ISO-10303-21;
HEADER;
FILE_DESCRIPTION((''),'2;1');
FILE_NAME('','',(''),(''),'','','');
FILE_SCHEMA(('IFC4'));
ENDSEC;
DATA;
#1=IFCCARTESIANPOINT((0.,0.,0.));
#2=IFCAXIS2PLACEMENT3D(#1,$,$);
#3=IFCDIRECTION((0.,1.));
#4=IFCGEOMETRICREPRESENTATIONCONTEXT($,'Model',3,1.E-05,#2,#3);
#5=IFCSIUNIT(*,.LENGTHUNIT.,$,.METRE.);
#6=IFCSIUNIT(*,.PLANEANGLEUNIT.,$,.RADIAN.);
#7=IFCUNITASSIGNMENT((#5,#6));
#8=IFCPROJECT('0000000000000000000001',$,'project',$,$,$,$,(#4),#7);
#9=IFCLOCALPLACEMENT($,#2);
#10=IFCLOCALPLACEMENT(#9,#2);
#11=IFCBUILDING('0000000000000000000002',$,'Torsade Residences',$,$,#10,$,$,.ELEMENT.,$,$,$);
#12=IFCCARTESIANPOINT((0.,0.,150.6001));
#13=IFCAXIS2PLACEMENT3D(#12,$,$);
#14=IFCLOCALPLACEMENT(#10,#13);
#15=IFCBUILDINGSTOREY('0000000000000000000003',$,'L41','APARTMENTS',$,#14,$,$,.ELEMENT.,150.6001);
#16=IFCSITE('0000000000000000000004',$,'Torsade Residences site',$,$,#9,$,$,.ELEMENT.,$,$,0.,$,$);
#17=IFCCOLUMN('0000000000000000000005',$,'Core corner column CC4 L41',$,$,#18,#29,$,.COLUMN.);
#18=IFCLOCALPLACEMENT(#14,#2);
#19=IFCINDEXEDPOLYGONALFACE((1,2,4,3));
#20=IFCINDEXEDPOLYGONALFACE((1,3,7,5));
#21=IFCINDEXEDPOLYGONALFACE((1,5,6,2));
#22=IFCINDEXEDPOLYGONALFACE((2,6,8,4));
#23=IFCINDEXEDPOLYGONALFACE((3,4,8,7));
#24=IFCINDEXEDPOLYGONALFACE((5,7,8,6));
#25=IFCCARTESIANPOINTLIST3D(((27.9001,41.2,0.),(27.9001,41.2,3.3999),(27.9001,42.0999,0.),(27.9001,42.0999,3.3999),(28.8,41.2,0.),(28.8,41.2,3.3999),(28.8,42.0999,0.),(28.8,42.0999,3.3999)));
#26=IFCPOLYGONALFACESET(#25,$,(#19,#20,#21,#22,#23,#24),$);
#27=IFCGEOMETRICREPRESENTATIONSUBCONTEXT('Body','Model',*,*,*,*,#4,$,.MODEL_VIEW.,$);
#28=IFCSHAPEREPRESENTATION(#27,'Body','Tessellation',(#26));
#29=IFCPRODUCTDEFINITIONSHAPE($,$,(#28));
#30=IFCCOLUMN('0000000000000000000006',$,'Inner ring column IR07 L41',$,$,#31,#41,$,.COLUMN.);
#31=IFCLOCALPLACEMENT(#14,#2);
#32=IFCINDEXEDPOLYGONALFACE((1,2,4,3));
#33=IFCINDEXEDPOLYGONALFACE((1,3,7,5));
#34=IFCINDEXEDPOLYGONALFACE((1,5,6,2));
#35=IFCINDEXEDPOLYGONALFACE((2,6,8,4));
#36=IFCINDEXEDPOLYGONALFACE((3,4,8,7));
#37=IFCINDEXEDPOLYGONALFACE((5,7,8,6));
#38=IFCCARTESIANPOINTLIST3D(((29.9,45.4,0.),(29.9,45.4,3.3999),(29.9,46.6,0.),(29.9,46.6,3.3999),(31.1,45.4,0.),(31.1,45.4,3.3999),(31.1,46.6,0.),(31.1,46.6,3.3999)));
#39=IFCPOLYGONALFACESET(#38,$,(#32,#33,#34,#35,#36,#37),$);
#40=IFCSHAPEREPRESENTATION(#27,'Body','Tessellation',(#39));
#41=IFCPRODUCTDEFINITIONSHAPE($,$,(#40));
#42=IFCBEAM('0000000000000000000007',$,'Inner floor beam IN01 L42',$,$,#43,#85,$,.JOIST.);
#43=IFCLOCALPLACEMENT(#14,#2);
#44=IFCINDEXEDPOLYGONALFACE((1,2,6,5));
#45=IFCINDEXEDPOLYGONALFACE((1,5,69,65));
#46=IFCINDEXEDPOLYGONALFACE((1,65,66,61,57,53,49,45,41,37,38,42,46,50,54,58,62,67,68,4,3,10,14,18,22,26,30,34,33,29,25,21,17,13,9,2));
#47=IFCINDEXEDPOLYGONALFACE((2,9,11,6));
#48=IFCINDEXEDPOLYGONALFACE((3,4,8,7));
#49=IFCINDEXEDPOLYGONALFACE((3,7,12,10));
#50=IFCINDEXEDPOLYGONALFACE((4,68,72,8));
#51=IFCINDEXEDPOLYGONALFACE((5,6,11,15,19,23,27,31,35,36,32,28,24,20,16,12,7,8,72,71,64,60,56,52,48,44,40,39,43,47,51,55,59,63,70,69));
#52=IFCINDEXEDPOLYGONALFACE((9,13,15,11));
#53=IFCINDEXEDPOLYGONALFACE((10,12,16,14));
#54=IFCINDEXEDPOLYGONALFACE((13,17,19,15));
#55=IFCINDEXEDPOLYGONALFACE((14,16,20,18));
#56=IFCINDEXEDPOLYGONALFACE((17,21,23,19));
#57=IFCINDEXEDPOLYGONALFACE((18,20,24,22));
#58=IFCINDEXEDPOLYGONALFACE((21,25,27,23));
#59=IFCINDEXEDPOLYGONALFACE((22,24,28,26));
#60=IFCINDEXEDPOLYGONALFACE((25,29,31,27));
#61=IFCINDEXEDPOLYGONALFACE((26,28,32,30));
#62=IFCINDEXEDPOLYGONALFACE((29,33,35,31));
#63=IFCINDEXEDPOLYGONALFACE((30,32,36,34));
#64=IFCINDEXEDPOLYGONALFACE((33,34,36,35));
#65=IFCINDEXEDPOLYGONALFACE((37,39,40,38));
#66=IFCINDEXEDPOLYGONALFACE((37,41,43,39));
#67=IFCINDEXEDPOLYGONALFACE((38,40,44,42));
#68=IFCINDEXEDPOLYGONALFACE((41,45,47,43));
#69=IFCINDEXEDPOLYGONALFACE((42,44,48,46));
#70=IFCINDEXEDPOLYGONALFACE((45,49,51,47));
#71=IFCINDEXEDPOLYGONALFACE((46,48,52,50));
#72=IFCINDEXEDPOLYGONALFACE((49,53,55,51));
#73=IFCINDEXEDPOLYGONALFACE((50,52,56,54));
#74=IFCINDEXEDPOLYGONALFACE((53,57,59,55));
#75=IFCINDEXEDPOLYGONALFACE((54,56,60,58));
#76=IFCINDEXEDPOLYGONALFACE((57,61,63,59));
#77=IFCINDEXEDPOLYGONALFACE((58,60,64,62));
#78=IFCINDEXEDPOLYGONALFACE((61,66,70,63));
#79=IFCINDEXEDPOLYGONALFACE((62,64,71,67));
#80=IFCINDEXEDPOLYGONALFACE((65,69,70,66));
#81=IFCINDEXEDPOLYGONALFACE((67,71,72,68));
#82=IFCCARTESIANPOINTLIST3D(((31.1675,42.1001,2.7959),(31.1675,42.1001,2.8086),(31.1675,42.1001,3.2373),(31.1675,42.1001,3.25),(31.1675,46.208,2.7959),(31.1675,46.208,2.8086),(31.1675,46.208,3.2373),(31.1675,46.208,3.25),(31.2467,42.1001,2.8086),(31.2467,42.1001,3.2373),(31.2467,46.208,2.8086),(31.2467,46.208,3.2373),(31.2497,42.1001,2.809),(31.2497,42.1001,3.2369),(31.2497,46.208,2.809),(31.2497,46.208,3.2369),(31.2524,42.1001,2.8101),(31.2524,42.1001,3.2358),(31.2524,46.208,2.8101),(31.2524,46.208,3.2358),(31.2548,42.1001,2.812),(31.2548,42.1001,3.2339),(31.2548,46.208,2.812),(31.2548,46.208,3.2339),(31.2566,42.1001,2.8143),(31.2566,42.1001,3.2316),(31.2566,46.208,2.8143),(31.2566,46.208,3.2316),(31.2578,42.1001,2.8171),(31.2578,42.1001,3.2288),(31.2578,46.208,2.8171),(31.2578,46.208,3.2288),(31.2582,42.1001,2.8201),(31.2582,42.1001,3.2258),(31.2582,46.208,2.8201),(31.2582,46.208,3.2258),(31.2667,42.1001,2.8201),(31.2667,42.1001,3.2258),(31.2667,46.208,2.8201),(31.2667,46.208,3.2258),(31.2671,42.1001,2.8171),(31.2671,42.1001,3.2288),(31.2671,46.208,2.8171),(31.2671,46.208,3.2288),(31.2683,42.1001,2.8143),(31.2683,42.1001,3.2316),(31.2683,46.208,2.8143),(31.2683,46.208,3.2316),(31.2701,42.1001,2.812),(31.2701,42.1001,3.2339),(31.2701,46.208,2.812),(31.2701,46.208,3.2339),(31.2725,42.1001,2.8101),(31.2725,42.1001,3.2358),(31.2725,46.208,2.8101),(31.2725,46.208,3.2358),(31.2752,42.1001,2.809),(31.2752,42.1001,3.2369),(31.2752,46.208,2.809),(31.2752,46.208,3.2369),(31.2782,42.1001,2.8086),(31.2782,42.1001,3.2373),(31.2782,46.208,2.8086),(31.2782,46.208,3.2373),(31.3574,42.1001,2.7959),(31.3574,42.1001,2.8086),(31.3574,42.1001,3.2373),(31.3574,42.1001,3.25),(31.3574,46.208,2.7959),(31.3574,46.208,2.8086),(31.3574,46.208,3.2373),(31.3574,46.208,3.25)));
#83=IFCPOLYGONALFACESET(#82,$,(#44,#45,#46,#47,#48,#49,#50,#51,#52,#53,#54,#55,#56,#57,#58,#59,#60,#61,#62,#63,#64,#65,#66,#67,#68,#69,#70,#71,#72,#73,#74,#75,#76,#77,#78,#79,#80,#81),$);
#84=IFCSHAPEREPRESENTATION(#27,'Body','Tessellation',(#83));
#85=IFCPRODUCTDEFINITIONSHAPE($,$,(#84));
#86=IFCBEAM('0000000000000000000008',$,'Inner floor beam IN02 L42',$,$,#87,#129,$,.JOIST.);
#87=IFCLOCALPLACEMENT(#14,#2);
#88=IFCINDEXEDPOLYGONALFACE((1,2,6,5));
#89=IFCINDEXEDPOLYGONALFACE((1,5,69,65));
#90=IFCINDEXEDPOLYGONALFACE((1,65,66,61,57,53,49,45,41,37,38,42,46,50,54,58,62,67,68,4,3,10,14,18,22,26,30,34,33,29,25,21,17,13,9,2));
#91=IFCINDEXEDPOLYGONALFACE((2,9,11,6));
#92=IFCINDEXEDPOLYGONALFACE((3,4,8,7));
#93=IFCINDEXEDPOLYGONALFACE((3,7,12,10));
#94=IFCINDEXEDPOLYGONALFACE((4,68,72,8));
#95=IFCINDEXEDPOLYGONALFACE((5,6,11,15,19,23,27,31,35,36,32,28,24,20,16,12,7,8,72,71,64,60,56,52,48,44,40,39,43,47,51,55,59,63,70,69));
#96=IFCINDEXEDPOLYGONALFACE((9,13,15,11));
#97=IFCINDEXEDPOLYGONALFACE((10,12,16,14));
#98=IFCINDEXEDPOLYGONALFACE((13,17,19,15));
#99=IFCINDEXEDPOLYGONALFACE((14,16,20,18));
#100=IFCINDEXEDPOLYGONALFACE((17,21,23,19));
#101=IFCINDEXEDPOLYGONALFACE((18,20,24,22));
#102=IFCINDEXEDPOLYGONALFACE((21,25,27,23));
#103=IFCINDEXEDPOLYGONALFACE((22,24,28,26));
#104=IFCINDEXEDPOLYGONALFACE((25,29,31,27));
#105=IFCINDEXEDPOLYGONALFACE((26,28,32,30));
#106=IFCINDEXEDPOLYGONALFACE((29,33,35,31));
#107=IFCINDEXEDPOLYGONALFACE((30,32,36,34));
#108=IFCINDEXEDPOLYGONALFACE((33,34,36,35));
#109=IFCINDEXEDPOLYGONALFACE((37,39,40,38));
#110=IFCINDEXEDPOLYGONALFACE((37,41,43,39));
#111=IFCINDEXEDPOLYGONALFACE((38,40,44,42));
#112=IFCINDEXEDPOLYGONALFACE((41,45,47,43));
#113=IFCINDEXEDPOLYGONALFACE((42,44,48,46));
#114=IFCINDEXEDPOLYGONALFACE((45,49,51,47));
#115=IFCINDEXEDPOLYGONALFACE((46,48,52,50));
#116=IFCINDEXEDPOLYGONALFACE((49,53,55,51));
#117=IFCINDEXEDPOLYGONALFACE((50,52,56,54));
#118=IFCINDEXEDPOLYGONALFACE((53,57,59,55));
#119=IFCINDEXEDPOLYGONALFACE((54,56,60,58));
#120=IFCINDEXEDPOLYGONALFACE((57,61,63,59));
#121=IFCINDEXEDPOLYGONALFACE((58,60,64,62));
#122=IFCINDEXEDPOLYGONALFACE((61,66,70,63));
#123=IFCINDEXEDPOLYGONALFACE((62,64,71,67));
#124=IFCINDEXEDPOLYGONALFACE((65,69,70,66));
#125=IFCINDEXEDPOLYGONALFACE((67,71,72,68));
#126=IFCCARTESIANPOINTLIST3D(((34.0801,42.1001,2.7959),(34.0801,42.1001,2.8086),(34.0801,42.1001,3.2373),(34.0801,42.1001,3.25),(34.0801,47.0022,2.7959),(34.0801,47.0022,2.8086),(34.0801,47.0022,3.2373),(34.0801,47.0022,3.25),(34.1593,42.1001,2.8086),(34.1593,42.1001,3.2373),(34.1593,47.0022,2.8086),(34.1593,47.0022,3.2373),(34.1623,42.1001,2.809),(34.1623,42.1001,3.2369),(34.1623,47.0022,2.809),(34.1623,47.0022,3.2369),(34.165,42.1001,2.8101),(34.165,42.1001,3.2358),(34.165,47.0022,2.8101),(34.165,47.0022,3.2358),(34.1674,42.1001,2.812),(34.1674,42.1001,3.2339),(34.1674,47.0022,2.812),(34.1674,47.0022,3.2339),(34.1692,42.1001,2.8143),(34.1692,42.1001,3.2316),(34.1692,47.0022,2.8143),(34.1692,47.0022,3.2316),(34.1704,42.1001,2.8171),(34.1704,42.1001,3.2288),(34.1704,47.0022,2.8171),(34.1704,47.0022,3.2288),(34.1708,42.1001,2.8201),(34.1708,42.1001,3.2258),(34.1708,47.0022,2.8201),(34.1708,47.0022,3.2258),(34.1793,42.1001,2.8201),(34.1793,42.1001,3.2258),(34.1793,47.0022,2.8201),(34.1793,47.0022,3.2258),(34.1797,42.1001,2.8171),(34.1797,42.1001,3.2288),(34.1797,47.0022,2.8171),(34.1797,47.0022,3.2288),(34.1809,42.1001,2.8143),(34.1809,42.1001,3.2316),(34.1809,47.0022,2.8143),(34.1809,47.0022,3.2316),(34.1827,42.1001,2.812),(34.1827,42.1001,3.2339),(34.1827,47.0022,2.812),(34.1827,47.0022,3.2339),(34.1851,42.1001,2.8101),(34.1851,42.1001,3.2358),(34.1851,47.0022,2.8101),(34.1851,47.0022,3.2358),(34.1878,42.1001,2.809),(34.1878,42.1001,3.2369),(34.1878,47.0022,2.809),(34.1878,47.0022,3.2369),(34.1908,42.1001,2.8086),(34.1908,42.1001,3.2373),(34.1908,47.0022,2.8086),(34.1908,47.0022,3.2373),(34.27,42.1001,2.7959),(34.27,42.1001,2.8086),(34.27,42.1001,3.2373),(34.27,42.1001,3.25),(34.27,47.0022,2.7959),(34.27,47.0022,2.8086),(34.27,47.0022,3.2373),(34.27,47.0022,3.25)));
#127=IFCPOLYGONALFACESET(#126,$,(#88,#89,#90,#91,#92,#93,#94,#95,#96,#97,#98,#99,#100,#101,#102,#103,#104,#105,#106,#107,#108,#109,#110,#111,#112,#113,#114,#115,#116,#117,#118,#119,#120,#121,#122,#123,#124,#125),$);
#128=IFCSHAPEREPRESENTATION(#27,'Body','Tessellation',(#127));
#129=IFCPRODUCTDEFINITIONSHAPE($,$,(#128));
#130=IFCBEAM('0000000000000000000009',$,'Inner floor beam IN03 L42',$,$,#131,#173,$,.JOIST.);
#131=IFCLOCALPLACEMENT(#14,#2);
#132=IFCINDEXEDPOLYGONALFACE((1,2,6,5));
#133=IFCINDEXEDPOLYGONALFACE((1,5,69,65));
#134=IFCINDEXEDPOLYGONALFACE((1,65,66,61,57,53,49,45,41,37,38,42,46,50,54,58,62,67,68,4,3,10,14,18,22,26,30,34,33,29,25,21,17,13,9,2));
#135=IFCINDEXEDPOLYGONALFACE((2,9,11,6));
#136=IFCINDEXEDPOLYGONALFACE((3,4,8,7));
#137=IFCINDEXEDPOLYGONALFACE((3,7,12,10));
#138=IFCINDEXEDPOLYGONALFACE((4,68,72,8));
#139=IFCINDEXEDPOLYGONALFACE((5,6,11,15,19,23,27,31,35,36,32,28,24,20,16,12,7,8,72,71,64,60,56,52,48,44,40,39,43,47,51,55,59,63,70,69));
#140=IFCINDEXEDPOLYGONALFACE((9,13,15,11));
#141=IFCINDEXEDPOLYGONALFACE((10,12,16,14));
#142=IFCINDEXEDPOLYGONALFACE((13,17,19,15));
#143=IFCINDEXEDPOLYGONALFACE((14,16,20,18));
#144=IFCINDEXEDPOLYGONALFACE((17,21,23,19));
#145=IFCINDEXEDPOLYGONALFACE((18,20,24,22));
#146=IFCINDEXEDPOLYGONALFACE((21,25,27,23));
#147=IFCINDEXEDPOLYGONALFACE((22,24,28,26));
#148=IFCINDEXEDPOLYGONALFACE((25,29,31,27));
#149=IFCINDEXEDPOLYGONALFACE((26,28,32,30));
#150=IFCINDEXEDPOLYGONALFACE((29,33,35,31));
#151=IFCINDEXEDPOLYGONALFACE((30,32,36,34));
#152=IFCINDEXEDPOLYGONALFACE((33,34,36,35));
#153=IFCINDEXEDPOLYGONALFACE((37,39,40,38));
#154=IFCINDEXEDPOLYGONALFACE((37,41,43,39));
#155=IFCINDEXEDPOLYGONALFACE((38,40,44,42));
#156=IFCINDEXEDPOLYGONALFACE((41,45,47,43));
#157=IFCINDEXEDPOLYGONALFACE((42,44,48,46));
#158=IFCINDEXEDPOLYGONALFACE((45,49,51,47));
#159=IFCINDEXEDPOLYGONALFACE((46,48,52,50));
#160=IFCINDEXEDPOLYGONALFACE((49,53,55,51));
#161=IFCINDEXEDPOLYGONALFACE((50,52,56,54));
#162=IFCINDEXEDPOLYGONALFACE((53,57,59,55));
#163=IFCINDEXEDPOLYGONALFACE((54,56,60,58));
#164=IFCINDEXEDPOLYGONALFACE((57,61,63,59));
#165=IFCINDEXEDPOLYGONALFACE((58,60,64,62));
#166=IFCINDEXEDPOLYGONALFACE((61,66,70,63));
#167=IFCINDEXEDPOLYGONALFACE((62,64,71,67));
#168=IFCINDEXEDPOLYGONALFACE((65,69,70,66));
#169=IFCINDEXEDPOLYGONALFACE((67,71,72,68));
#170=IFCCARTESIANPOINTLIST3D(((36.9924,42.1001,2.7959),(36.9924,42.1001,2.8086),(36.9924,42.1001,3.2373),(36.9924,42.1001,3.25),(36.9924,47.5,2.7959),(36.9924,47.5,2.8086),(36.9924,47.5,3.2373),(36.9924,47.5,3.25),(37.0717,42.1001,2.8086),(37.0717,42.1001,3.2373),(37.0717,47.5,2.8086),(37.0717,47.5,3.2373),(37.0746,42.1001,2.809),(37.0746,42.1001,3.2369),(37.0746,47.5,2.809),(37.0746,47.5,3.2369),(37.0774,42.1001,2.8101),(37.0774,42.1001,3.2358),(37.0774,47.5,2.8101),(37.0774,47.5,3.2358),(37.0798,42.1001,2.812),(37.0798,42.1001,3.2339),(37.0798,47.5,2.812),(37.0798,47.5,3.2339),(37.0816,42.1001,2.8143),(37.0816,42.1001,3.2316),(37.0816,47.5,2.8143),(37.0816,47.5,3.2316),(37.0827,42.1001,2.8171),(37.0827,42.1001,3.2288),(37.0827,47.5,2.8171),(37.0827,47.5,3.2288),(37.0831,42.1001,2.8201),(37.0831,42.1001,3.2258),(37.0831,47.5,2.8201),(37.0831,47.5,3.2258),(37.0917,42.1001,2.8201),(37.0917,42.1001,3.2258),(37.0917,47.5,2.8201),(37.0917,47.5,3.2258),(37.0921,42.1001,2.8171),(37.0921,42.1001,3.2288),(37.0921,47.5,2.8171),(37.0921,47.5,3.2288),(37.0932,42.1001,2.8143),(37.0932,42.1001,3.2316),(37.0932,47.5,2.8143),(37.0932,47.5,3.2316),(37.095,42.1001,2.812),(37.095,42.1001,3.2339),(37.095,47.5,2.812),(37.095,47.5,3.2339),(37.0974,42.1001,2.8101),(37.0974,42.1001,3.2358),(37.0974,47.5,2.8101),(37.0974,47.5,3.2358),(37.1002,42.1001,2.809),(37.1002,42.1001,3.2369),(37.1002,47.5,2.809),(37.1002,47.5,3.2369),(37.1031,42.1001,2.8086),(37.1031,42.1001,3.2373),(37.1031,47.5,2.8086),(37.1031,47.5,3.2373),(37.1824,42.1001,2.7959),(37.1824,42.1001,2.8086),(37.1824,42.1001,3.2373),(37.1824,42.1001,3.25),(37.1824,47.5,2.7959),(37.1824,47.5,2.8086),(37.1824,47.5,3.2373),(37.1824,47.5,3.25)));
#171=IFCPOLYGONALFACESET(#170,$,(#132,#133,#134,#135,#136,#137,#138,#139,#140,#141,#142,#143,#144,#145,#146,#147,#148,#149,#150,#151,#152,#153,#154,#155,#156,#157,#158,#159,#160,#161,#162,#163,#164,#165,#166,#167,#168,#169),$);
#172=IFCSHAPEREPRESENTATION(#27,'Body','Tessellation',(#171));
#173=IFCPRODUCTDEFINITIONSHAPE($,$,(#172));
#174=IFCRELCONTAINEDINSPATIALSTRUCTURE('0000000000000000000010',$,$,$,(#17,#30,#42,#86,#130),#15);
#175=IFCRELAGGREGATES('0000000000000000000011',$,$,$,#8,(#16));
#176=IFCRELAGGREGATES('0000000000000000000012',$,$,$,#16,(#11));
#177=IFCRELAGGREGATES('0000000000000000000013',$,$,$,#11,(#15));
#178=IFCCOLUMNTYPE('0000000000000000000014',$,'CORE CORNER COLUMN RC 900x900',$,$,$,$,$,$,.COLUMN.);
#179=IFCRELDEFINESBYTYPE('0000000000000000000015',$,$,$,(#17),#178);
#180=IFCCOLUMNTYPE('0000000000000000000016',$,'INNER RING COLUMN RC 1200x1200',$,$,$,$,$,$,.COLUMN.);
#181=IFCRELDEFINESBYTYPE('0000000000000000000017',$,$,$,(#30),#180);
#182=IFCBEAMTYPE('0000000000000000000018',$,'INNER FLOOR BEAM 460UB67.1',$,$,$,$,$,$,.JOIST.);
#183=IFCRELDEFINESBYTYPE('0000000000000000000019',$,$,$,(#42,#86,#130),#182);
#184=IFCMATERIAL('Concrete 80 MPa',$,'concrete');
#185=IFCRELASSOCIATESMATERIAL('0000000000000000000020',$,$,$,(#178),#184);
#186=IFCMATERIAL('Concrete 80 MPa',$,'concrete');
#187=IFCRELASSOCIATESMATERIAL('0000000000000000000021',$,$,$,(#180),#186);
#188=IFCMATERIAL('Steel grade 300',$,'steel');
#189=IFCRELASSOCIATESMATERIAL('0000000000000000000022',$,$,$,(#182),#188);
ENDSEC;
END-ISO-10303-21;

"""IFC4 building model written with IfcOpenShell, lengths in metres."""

from ifc_helpers import new_model, si_unit, direction, frame, origin, origin_2d, place, context, subcontext, project, spatial, rectangle, i_section, extrude, material, material_profile, profile_set, type_object, element, save


model = new_model("IFC4")

# Units and contexts
model_context = context("Model", 3, precision=1e-05, world=origin(), true_north=direction((0.0, 1.0)))
body_context = subcontext(model_context, "Body", "Model", "MODEL_VIEW")
ifc_project = project(units=[si_unit("LENGTHUNIT", "METRE"), si_unit("PLANEANGLEUNIT", "RADIAN")], contexts=[model_context])

# Site, building, storey
site_placement = place(None, origin())
site = spatial("IfcSite", under=ifc_project, at=site_placement, Name="Torsade Residences site", CompositionType="ELEMENT", RefElevation=0.0)
building_placement = place(site_placement, origin())
building = spatial("IfcBuilding", under=site, at=building_placement, Name="Torsade Residences", CompositionType="ELEMENT")
storey_placement = place(building_placement, frame((0.0, 0.0, 150.6001)))
storey = spatial("IfcBuildingStorey", under=building, at=storey_placement, Name="L41", Description="APARTMENTS", CompositionType="ELEMENT", Elevation=150.6001)

# Columns
ifc_material_1 = material(Name="Concrete 80 MPa", Category="concrete")
ifc_material_profile_1 = material_profile(ifc_material_1, rectangle(XDim=0.8999, YDim=0.8999, at=origin_2d()), Name="RC 900x900")
ifc_profile_set_1 = profile_set([ifc_material_profile_1], Name="Concrete 80 MPa")
column_type_1 = type_object("IfcColumnType", Name="CORE CORNER COLUMN RC 900x900", PredefinedType="COLUMN", material=ifc_profile_set_1)
column_1_placement = place(storey_placement, frame((28.3501, 41.6499, 0.0), z_axis=(0.0, 0.0, 1.0), x_axis=(1.0, 0.0, 0.0)))
element("IfcColumn", 1, at=column_1_placement, inside=storey, type_object=column_type_1, Name="Core corner column CC4 L41", PredefinedType="COLUMN", context=body_context, shape_type="SweptSolid", body=[
    extrude(rectangle(XDim=0.8999, YDim=0.8999, at=origin_2d()), origin(), (0.0, 0.0, 1.0), 3.3999),
])
ifc_material_2 = material(Name="Concrete 80 MPa", Category="concrete")
ifc_material_profile_2 = material_profile(ifc_material_2, rectangle(XDim=1.2, YDim=1.2, at=origin_2d()), Name="RC 1200x1200")
ifc_profile_set_2 = profile_set([ifc_material_profile_2], Name="Concrete 80 MPa")
column_type_2 = type_object("IfcColumnType", Name="INNER RING COLUMN RC 1200x1200", PredefinedType="COLUMN", material=ifc_profile_set_2)
column_2_placement = place(storey_placement, frame((30.5, 46.0, 0.0), z_axis=(0.0, 0.0, 1.0), x_axis=(1.0, 0.0, 0.0)))
element("IfcColumn", 2, at=column_2_placement, inside=storey, type_object=column_type_2, Name="Inner ring column IR07 L41", PredefinedType="COLUMN", context=body_context, shape_type="SweptSolid", body=[
    extrude(rectangle(XDim=1.2, YDim=1.2, at=origin_2d()), origin(), (0.0, 0.0, 1.0), 3.3999),
])

# Beams
ifc_material_3 = material(Name="Steel grade 300", Category="steel")
ifc_material_profile_3 = material_profile(ifc_material_3, i_section(OverallWidth=0.1899, OverallDepth=0.4541, WebThickness=0.0085, FlangeThickness=0.0127, FilletRadius=0.0115, at=origin_2d()), Name="460UB67.1")
ifc_profile_set_3 = profile_set([ifc_material_profile_3], Name="Steel grade 300")
beam_type_1 = type_object("IfcBeamType", Name="INNER FLOOR BEAM 460UB67.1", PredefinedType="JOIST", material=ifc_profile_set_3)
beam_1_placement = place(storey_placement, frame((31.2625, 42.1001, 3.0229), z_axis=(0.0, 1.0, 0.0), x_axis=(-1.0, 0.0, 0.0)))
element("IfcBeam", 3, at=beam_1_placement, inside=storey, type_object=beam_type_1, Name="Inner floor beam IN01 L42", PredefinedType="JOIST", context=body_context, shape_type="SweptSolid", body=[
    extrude(i_section(OverallWidth=0.1899, OverallDepth=0.4541, WebThickness=0.0085, FlangeThickness=0.0127, FilletRadius=0.0115, at=origin_2d()), origin(), (0.0, 0.0, 1.0), 4.1079),
])
beam_2_placement = place(storey_placement, frame((34.175, 42.1001, 3.0229), z_axis=(0.0, 1.0, 0.0), x_axis=(-1.0, 0.0, 0.0)))
element("IfcBeam", 4, at=beam_2_placement, inside=storey, type_object=beam_type_1, Name="Inner floor beam IN02 L42", PredefinedType="JOIST", context=body_context, shape_type="SweptSolid", body=[
    extrude(i_section(OverallWidth=0.1899, OverallDepth=0.4541, WebThickness=0.0085, FlangeThickness=0.0127, FilletRadius=0.0115, at=origin_2d()), origin(), (0.0, 0.0, 1.0), 4.9021),
])
beam_3_placement = place(storey_placement, frame((37.0874, 42.1001, 3.0229), z_axis=(0.0, 1.0, 0.0), x_axis=(-1.0, 0.0, 0.0)))
element("IfcBeam", 5, at=beam_3_placement, inside=storey, type_object=beam_type_1, Name="Inner floor beam IN03 L42", PredefinedType="JOIST", context=body_context, shape_type="SweptSolid", body=[
    extrude(i_section(OverallWidth=0.1899, OverallDepth=0.4541, WebThickness=0.0085, FlangeThickness=0.0127, FilletRadius=0.0115, at=origin_2d()), origin(), (0.0, 0.0, 1.0), 5.3999),
])

save(model, "model.ifc")
